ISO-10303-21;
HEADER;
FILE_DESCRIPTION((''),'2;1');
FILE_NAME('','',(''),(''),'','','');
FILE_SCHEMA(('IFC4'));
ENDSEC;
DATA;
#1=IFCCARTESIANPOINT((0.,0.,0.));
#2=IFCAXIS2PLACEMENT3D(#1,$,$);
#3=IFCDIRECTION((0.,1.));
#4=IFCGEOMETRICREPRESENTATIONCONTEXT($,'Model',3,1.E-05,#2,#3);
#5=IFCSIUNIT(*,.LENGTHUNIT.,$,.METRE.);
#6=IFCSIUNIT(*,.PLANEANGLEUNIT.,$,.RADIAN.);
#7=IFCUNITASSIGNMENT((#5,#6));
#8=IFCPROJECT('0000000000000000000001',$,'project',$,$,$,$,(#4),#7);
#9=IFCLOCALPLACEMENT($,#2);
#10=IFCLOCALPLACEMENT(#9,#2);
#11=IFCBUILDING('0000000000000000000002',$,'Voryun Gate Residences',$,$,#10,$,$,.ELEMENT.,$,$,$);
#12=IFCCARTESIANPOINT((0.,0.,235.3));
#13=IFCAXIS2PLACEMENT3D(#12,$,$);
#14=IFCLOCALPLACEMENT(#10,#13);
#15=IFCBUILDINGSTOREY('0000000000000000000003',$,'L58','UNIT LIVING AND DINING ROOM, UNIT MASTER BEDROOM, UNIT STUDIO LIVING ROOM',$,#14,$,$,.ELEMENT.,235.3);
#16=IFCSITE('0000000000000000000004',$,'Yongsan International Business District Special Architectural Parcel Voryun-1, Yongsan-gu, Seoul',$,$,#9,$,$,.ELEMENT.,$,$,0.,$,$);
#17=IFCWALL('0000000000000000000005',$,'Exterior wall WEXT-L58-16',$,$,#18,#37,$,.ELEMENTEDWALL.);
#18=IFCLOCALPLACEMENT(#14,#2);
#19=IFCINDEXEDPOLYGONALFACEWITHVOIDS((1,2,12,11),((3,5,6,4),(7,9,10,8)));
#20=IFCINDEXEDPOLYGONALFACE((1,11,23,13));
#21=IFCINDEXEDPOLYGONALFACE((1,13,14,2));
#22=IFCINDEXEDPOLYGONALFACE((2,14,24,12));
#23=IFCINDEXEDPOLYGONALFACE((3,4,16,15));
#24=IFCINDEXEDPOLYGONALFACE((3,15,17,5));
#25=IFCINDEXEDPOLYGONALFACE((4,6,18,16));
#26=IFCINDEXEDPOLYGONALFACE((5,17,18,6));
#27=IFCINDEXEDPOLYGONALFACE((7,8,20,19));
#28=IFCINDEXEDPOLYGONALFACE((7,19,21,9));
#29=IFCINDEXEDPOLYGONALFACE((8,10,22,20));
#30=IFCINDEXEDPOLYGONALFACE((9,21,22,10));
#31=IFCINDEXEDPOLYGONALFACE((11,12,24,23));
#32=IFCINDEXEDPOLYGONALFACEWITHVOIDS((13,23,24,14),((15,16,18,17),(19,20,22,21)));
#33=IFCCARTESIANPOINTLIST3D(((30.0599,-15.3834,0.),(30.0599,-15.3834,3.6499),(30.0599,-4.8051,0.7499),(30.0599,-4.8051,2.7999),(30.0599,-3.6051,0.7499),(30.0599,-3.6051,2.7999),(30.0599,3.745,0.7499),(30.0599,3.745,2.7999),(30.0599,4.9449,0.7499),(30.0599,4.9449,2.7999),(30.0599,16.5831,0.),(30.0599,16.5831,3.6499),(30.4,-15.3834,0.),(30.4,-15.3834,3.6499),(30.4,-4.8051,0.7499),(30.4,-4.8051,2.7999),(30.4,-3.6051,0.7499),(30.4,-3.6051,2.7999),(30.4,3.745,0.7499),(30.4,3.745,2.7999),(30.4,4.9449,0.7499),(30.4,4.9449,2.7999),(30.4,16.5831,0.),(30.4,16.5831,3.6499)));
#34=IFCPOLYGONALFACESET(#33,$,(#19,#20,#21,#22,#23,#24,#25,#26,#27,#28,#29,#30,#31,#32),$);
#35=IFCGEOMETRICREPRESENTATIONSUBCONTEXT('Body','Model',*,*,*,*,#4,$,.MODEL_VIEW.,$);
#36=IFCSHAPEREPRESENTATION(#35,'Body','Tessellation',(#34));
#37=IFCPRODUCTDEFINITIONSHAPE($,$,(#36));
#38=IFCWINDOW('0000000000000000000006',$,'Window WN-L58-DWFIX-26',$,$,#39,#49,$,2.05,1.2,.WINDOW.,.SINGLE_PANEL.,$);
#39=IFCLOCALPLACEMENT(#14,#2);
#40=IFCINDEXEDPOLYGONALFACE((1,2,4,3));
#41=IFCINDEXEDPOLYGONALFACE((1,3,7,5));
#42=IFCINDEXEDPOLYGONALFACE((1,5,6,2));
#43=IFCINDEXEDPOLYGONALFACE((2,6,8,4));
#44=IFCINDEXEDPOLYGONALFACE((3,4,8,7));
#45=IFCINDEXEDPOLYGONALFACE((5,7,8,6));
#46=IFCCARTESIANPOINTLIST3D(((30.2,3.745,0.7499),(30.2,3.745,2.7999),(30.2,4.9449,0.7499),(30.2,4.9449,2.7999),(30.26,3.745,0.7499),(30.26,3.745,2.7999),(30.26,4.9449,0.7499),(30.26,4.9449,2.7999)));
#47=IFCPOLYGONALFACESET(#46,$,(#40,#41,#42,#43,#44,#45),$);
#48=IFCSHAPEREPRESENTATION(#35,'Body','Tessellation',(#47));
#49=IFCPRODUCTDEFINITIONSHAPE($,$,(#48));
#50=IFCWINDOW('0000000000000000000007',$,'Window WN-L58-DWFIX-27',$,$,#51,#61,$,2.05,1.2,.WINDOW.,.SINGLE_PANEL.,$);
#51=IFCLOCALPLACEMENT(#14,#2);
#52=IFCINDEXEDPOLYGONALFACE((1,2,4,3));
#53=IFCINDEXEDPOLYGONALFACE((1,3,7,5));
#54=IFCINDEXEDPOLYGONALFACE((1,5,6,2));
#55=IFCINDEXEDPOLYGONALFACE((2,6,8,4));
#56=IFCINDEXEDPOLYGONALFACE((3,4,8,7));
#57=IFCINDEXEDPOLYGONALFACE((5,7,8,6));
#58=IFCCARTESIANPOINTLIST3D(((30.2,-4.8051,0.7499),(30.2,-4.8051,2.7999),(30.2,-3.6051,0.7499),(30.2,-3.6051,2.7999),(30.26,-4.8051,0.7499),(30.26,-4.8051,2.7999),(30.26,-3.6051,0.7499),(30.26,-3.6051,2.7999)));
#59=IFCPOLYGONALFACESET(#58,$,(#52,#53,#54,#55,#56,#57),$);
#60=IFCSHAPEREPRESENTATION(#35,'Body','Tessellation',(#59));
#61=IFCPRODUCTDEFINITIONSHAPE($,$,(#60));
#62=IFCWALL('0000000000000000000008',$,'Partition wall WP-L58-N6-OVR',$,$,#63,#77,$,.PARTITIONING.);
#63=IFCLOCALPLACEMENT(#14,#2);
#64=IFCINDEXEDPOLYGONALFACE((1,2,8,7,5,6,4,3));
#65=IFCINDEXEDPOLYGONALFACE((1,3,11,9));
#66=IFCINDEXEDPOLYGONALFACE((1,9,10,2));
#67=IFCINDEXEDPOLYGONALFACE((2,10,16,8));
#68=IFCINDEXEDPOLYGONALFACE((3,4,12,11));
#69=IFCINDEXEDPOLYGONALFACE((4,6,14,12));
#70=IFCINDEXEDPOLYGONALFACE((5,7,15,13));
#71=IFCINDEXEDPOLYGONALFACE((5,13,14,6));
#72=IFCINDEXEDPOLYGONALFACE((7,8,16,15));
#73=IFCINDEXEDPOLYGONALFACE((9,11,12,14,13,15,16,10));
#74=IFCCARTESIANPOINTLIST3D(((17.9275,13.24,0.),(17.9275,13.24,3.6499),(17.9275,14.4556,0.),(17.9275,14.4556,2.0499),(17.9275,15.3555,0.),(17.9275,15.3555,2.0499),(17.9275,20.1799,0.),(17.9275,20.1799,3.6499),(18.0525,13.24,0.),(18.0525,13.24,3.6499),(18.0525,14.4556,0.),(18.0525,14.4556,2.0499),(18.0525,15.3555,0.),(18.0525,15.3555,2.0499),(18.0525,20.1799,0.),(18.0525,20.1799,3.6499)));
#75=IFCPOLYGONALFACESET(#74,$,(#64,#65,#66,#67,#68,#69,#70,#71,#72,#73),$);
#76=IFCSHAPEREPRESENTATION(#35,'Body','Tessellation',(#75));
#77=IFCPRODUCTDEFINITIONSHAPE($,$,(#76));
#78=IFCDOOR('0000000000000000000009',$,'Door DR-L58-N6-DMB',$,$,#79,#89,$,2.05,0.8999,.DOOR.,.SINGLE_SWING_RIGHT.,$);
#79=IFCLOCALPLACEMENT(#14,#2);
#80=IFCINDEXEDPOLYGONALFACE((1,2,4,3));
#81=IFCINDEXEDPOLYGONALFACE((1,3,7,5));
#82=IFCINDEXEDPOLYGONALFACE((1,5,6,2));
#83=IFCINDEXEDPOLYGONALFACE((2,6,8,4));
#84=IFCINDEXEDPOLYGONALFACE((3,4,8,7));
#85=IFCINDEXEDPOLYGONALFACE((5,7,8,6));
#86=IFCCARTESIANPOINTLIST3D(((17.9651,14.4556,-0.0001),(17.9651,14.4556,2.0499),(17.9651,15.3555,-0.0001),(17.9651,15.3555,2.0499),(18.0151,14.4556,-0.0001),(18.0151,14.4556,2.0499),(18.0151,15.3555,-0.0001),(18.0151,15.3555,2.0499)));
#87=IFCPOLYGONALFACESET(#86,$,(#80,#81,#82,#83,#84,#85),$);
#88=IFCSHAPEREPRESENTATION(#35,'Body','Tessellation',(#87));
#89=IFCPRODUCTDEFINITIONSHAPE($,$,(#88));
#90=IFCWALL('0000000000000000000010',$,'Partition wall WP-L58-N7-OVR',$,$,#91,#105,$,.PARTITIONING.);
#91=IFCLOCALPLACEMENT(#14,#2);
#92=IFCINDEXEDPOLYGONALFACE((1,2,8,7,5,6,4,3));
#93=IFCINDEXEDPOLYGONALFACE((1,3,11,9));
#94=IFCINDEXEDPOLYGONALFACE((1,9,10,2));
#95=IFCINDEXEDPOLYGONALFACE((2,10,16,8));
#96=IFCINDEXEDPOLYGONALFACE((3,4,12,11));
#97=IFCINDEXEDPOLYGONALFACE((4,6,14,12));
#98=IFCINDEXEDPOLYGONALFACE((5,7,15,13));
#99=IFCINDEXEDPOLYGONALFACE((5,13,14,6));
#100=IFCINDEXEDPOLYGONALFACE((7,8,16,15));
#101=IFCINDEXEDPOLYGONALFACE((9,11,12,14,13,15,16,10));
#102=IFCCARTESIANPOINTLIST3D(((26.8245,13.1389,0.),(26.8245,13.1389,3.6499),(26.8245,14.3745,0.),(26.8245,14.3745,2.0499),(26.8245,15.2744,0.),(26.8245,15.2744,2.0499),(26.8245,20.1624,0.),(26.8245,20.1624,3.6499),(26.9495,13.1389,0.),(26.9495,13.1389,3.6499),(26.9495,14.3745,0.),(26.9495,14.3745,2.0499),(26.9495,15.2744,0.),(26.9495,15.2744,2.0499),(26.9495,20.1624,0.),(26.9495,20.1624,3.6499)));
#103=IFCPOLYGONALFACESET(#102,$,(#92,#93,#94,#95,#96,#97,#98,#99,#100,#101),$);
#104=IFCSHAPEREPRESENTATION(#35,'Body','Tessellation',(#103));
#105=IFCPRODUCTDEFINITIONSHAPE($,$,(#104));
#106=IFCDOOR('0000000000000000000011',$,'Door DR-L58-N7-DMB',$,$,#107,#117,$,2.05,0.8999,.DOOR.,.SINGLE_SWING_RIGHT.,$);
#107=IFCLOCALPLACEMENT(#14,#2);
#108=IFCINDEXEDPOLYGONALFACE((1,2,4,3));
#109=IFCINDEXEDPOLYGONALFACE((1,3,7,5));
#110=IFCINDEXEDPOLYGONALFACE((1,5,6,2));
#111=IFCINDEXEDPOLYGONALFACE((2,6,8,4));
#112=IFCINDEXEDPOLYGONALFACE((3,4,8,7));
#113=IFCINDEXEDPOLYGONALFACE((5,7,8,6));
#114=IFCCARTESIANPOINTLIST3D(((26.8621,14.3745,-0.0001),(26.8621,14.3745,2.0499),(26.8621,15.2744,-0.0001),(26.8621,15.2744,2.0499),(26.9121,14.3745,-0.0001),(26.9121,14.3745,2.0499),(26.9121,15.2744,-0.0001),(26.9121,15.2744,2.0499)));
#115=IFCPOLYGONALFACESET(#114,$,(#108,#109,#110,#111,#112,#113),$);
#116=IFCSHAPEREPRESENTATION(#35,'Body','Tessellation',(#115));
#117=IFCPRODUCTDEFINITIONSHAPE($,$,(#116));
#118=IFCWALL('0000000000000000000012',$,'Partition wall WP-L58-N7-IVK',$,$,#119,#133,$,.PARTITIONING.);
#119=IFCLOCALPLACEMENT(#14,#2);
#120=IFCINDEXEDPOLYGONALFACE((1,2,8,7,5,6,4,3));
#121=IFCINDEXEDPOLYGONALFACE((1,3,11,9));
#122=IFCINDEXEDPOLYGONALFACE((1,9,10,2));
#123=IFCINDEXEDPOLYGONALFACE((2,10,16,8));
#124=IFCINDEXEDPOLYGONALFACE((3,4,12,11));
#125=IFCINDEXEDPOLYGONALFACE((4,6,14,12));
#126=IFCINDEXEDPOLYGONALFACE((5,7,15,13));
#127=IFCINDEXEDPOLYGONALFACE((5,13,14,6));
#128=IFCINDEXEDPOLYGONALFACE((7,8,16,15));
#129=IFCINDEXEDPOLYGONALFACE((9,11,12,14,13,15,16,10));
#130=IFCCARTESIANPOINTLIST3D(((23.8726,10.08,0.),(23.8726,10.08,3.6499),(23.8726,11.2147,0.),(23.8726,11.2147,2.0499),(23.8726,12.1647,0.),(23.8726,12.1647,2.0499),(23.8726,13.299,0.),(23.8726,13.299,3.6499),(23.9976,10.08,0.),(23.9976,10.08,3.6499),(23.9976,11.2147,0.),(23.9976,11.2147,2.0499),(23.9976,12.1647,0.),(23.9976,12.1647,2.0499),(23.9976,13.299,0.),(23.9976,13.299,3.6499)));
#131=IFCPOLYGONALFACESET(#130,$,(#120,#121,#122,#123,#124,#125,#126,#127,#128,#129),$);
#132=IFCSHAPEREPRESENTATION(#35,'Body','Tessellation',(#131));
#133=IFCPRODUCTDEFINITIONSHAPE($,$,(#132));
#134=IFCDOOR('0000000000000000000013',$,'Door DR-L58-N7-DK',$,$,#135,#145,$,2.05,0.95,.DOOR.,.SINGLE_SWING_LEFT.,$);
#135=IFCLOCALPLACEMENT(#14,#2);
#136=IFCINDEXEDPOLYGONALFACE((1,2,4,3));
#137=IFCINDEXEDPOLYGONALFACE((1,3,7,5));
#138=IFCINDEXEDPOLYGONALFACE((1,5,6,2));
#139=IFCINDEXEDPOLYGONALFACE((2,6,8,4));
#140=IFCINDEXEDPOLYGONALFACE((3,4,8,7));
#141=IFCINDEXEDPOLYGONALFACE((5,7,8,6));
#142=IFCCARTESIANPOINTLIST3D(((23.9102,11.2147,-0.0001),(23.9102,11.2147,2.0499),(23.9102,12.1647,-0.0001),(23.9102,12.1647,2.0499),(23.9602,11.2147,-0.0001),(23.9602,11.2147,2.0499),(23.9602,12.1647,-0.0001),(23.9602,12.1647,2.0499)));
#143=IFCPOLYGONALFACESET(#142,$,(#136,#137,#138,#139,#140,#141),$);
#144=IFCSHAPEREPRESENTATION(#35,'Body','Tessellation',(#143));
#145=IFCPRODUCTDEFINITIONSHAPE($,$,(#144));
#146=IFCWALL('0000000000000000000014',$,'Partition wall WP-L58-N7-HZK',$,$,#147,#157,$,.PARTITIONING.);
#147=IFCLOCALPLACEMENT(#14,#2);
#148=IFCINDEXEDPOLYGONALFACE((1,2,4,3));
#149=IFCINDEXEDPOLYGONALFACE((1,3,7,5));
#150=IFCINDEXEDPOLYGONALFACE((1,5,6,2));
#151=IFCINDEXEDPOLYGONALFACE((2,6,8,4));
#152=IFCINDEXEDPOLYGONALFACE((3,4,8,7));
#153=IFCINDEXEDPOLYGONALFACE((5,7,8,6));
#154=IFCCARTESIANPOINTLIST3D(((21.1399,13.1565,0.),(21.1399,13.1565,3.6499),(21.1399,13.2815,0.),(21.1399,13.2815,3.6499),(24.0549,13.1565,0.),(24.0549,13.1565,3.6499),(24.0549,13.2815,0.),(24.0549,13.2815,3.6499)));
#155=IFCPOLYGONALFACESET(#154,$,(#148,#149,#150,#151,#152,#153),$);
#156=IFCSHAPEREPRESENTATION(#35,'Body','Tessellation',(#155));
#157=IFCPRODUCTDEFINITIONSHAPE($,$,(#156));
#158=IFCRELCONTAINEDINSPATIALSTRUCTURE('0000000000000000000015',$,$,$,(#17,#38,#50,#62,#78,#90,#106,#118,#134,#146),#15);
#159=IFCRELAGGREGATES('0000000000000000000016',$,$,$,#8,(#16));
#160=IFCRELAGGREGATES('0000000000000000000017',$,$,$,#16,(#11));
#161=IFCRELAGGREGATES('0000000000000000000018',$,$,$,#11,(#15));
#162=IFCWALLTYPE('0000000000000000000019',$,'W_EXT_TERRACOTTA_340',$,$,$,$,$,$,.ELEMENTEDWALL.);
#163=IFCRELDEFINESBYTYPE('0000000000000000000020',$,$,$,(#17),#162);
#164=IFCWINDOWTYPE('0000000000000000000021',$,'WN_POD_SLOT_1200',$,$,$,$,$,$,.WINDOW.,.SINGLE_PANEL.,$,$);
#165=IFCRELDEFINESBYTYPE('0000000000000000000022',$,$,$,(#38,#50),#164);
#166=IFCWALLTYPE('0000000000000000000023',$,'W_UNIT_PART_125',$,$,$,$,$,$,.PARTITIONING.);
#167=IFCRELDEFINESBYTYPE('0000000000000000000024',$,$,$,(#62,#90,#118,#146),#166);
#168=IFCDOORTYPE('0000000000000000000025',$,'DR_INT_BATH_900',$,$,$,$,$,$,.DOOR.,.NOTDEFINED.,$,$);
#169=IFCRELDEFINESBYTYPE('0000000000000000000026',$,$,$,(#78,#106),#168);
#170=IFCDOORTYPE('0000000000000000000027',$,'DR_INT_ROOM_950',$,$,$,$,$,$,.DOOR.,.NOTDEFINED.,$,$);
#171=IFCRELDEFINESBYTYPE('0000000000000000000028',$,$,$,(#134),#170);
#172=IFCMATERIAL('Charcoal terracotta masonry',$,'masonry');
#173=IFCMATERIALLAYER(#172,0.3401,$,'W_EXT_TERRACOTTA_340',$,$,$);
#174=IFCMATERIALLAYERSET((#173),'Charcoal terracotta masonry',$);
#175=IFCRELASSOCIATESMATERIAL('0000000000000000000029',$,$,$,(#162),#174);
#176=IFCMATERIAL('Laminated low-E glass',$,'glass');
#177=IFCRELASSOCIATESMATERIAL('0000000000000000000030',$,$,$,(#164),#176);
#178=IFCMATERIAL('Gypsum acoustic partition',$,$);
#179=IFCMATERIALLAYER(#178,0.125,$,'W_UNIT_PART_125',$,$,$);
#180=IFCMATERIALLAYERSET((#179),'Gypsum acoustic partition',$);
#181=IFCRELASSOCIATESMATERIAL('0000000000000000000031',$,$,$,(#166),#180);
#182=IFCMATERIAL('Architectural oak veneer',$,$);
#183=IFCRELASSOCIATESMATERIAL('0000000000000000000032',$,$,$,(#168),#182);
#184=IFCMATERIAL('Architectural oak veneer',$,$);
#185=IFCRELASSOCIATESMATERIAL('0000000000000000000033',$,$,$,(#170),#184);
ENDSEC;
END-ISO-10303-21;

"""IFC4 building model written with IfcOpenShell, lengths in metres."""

from ifc_helpers import new_model, si_unit, direction, frame, frame_2d, origin, place, context, subcontext, project, spatial, rectangle, extrude, material, layer, layer_set, type_object, element, fill, save


model = new_model("IFC4")

# Units and contexts
model_context = context("Model", 3, precision=1e-05, world=origin(), true_north=direction((0.0, 1.0)))
body_context = subcontext(model_context, "Body", "Model", "MODEL_VIEW")
ifc_project = project(units=[si_unit("LENGTHUNIT", "METRE"), si_unit("PLANEANGLEUNIT", "RADIAN")], contexts=[model_context])

# Site, building, storey
site_placement = place(None, origin())
site = spatial("IfcSite", under=ifc_project, at=site_placement, Name="Yongsan International Business District Special Architectural Parcel Voryun-1, Yongsan-gu, Seoul", CompositionType="ELEMENT", RefElevation=0.0)
building_placement = place(site_placement, origin())
building = spatial("IfcBuilding", under=site, at=building_placement, Name="Voryun Gate Residences", CompositionType="ELEMENT")
storey_placement = place(building_placement, frame((0.0, 0.0, 235.3)))
storey = spatial("IfcBuildingStorey", under=building, at=storey_placement, Name="L58", Description="UNIT LIVING AND DINING ROOM, UNIT MASTER BEDROOM, UNIT STUDIO LIVING ROOM", CompositionType="ELEMENT", Elevation=235.3)

# Shared definitions
ifc_material_1 = material(Name="Charcoal terracotta masonry", Category="masonry")
ifc_layer_1 = layer(ifc_material_1, 0.3401, Name="W_EXT_TERRACOTTA_340")
ifc_layer_set_1 = layer_set([ifc_layer_1], Name="Charcoal terracotta masonry")
wall_type_1 = type_object("IfcWallType", Name="W_EXT_TERRACOTTA_340", PredefinedType="ELEMENTEDWALL", material=ifc_layer_set_1)

# Wall, openings, windows
wall_1_placement = place(storey_placement, frame((30.23, 16.5833, 0.0), z_axis=(0.0, 0.0, 1.0), x_axis=(0.0, -1.0, 0.0)))
wall_1 = element("IfcWall", 1, at=wall_1_placement, inside=storey, type_object=wall_type_1, Name="Exterior wall WEXT-L58-16", PredefinedType="ELEMENTEDWALL", context=body_context, shape_type="SweptSolid", body=[
    extrude(rectangle(XDim=31.9666, YDim=0.3401, at=frame_2d((15.9834, 0.0))), origin(), (0.0, 0.0, 1.0), 3.6499),
])
opening_1_placement = place(wall_1_placement, frame((11.6382, 0.0, 0.75)))
opening_1 = element("IfcOpeningElement", 2, at=opening_1_placement, cuts=wall_1, PredefinedType="OPENING", context=body_context, shape_type="SweptSolid", body=[
    extrude(rectangle(XDim=1.2, YDim=2.05, at=frame_2d((0.6001, 1.0249))), frame((0.0, 0.1799, 0.0), z_axis=(0.0, -1.0, 0.0), x_axis=(1.0, 0.0, 0.0)), (0.0, 0.0, 1.0), 0.3601),
])
opening_2_placement = place(wall_1_placement, frame((20.1882, 0.0, 0.75)))
opening_2 = element("IfcOpeningElement", 3, at=opening_2_placement, cuts=wall_1, PredefinedType="OPENING", context=body_context, shape_type="SweptSolid", body=[
    extrude(rectangle(XDim=1.2, YDim=2.05, at=frame_2d((0.6001, 1.0249))), frame((0.0, 0.1799, 0.0), z_axis=(0.0, -1.0, 0.0), x_axis=(1.0, 0.0, 0.0)), (0.0, 0.0, 1.0), 0.3601),
])
ifc_material_2 = material(Name="Laminated low-E glass", Category="glass")
window_type_1 = type_object("IfcWindowType", Name="WN_POD_SLOT_1200", PartitioningType="SINGLE_PANEL", PredefinedType="WINDOW", material=ifc_material_2)
window_1_placement = place(opening_1_placement, origin())
window_1 = element("IfcWindow", 4, at=window_1_placement, inside=storey, type_object=window_type_1, Name="Window WN-L58-DWFIX-26", OverallHeight=2.05, OverallWidth=1.2, PartitioningType="SINGLE_PANEL", PredefinedType="WINDOW", context=body_context, shape_type="SweptSolid", body=[
    extrude(rectangle(XDim=1.2, YDim=2.05, at=frame_2d((0.6001, 1.0249))), frame((0.0, 0.03, 0.0), z_axis=(0.0, -1.0, 0.0), x_axis=(1.0, 0.0, 0.0)), (0.0, 0.0, 1.0), 0.0601),
])
fill(opening_1, window_1)
window_2_placement = place(opening_2_placement, origin())
window_2 = element("IfcWindow", 5, at=window_2_placement, inside=storey, type_object=window_type_1, Name="Window WN-L58-DWFIX-27", OverallHeight=2.05, OverallWidth=1.2, PartitioningType="SINGLE_PANEL", PredefinedType="WINDOW", context=body_context, shape_type="SweptSolid", body=[
    extrude(rectangle(XDim=1.2, YDim=2.05, at=frame_2d((0.6001, 1.0249))), frame((0.0, 0.03, 0.0), z_axis=(0.0, -1.0, 0.0), x_axis=(1.0, 0.0, 0.0)), (0.0, 0.0, 1.0), 0.0601),
])
fill(opening_2, window_2)

# Walls, openings, doors
ifc_material_3 = material(Name="Gypsum acoustic partition")
ifc_layer_2 = layer(ifc_material_3, 0.125, Name="W_UNIT_PART_125")
ifc_layer_set_2 = layer_set([ifc_layer_2], Name="Gypsum acoustic partition")
wall_type_2 = type_object("IfcWallType", Name="W_UNIT_PART_125", PredefinedType="PARTITIONING", material=ifc_layer_set_2)
wall_2_placement = place(storey_placement, frame((17.99, 13.24, 0.0), z_axis=(0.0, 0.0, 1.0), x_axis=(0.0, 1.0, 0.0)))
wall_2 = element("IfcWall", 6, at=wall_2_placement, inside=storey, type_object=wall_type_2, Name="Partition wall WP-L58-N6-OVR", PredefinedType="PARTITIONING", context=body_context, shape_type="SweptSolid", body=[
    extrude(rectangle(XDim=6.9399, YDim=0.125, at=frame_2d((3.47, 0.0))), origin(), (0.0, 0.0, 1.0), 3.6499),
])
opening_3_placement = place(wall_2_placement, frame((1.2156, 0.0, 0.0)))
opening_3 = element("IfcOpeningElement", 7, at=opening_3_placement, cuts=wall_2, PredefinedType="OPENING", context=body_context, shape_type="SweptSolid", body=[
    extrude(rectangle(XDim=0.8999, YDim=2.05, at=frame_2d((0.45, 1.0249))), frame((0.0, 0.0725, 0.0), z_axis=(0.0, -1.0, 0.0), x_axis=(1.0, 0.0, 0.0)), (0.0, 0.0, 1.0), 0.145),
])
ifc_material_4 = material(Name="Architectural oak veneer")
door_type_1 = type_object("IfcDoorType", Name="DR_INT_BATH_900", OperationType="NOTDEFINED", PredefinedType="DOOR", material=ifc_material_4)
door_1_placement = place(opening_3_placement, origin())
door_1 = element("IfcDoor", 8, at=door_1_placement, inside=storey, type_object=door_type_1, Name="Door DR-L58-N6-DMB", OperationType="SINGLE_SWING_RIGHT", OverallHeight=2.05, OverallWidth=0.8999, PredefinedType="DOOR", context=body_context, shape_type="SweptSolid", body=[
    extrude(rectangle(XDim=0.8999, YDim=2.05, at=frame_2d((0.45, 1.0249))), frame((0.0, 0.0249, 0.0), z_axis=(0.0, -1.0, 0.0), x_axis=(1.0, 0.0, 0.0)), (0.0, 0.0, 1.0), 0.05),
])
fill(opening_3, door_1)
wall_3_placement = place(storey_placement, frame((26.887, 13.1389, 0.0), z_axis=(0.0, 0.0, 1.0), x_axis=(0.0, 1.0, 0.0)))
wall_3 = element("IfcWall", 9, at=wall_3_placement, inside=storey, type_object=wall_type_2, Name="Partition wall WP-L58-N7-OVR", PredefinedType="PARTITIONING", context=body_context, shape_type="SweptSolid", body=[
    extrude(rectangle(XDim=7.0234, YDim=0.125, at=frame_2d((3.5117, 0.0))), origin(), (0.0, 0.0, 1.0), 3.6499),
])
opening_4_placement = place(wall_3_placement, frame((1.2356, 0.0, 0.0)))
opening_4 = element("IfcOpeningElement", 10, at=opening_4_placement, cuts=wall_3, PredefinedType="OPENING", context=body_context, shape_type="SweptSolid", body=[
    extrude(rectangle(XDim=0.8999, YDim=2.05, at=frame_2d((0.45, 1.0249))), frame((0.0, 0.0725, 0.0), z_axis=(0.0, -1.0, 0.0), x_axis=(1.0, 0.0, 0.0)), (0.0, 0.0, 1.0), 0.145),
])
door_2_placement = place(opening_4_placement, origin())
door_2 = element("IfcDoor", 11, at=door_2_placement, inside=storey, type_object=door_type_1, Name="Door DR-L58-N7-DMB", OperationType="SINGLE_SWING_RIGHT", OverallHeight=2.05, OverallWidth=0.8999, PredefinedType="DOOR", context=body_context, shape_type="SweptSolid", body=[
    extrude(rectangle(XDim=0.8999, YDim=2.05, at=frame_2d((0.45, 1.0249))), frame((0.0, 0.0249, 0.0), z_axis=(0.0, -1.0, 0.0), x_axis=(1.0, 0.0, 0.0)), (0.0, 0.0, 1.0), 0.05),
])
fill(opening_4, door_2)
wall_4_placement = place(storey_placement, frame((23.9351, 10.0801, 0.0), z_axis=(0.0, 0.0, 1.0), x_axis=(0.0, 1.0, 0.0)))
wall_4 = element("IfcWall", 12, at=wall_4_placement, inside=storey, type_object=wall_type_2, Name="Partition wall WP-L58-N7-IVK", PredefinedType="PARTITIONING", context=body_context, shape_type="SweptSolid", body=[
    extrude(rectangle(XDim=3.219, YDim=0.125, at=frame_2d((1.6094, 0.0))), origin(), (0.0, 0.0, 1.0), 3.6499),
])
opening_5_placement = place(wall_4_placement, frame((1.1345, 0.0, 0.0)))
opening_5 = element("IfcOpeningElement", 13, at=opening_5_placement, cuts=wall_4, PredefinedType="OPENING", context=body_context, shape_type="SweptSolid", body=[
    extrude(rectangle(XDim=0.95, YDim=2.05, at=frame_2d((0.4751, 1.0249))), frame((0.0, 0.0725, 0.0), z_axis=(0.0, -1.0, 0.0), x_axis=(1.0, 0.0, 0.0)), (0.0, 0.0, 1.0), 0.145),
])
ifc_material_5 = material(Name="Architectural oak veneer")
door_type_2 = type_object("IfcDoorType", Name="DR_INT_ROOM_950", OperationType="NOTDEFINED", PredefinedType="DOOR", material=ifc_material_5)
door_3_placement = place(opening_5_placement, origin())
door_3 = element("IfcDoor", 14, at=door_3_placement, inside=storey, type_object=door_type_2, Name="Door DR-L58-N7-DK", OperationType="SINGLE_SWING_LEFT", OverallHeight=2.05, OverallWidth=0.95, PredefinedType="DOOR", context=body_context, shape_type="SweptSolid", body=[
    extrude(rectangle(XDim=0.95, YDim=2.05, at=frame_2d((0.4751, 1.0249))), frame((0.0, 0.0249, 0.0), z_axis=(0.0, -1.0, 0.0), x_axis=(1.0, 0.0, 0.0)), (0.0, 0.0, 1.0), 0.05),
])
fill(opening_5, door_3)

# Wall
wall_5_placement = place(storey_placement, frame((21.1399, 13.219, 0.0), z_axis=(0.0, 0.0, 1.0), x_axis=(1.0, 0.0, 0.0)))
element("IfcWall", 15, at=wall_5_placement, inside=storey, type_object=wall_type_2, Name="Partition wall WP-L58-N7-HZK", PredefinedType="PARTITIONING", context=body_context, shape_type="SweptSolid", body=[
    extrude(rectangle(XDim=2.915, YDim=0.125, at=frame_2d((1.4575, 0.0))), origin(), (0.0, 0.0, 1.0), 3.6499),
])

save(model, "model.ifc")
